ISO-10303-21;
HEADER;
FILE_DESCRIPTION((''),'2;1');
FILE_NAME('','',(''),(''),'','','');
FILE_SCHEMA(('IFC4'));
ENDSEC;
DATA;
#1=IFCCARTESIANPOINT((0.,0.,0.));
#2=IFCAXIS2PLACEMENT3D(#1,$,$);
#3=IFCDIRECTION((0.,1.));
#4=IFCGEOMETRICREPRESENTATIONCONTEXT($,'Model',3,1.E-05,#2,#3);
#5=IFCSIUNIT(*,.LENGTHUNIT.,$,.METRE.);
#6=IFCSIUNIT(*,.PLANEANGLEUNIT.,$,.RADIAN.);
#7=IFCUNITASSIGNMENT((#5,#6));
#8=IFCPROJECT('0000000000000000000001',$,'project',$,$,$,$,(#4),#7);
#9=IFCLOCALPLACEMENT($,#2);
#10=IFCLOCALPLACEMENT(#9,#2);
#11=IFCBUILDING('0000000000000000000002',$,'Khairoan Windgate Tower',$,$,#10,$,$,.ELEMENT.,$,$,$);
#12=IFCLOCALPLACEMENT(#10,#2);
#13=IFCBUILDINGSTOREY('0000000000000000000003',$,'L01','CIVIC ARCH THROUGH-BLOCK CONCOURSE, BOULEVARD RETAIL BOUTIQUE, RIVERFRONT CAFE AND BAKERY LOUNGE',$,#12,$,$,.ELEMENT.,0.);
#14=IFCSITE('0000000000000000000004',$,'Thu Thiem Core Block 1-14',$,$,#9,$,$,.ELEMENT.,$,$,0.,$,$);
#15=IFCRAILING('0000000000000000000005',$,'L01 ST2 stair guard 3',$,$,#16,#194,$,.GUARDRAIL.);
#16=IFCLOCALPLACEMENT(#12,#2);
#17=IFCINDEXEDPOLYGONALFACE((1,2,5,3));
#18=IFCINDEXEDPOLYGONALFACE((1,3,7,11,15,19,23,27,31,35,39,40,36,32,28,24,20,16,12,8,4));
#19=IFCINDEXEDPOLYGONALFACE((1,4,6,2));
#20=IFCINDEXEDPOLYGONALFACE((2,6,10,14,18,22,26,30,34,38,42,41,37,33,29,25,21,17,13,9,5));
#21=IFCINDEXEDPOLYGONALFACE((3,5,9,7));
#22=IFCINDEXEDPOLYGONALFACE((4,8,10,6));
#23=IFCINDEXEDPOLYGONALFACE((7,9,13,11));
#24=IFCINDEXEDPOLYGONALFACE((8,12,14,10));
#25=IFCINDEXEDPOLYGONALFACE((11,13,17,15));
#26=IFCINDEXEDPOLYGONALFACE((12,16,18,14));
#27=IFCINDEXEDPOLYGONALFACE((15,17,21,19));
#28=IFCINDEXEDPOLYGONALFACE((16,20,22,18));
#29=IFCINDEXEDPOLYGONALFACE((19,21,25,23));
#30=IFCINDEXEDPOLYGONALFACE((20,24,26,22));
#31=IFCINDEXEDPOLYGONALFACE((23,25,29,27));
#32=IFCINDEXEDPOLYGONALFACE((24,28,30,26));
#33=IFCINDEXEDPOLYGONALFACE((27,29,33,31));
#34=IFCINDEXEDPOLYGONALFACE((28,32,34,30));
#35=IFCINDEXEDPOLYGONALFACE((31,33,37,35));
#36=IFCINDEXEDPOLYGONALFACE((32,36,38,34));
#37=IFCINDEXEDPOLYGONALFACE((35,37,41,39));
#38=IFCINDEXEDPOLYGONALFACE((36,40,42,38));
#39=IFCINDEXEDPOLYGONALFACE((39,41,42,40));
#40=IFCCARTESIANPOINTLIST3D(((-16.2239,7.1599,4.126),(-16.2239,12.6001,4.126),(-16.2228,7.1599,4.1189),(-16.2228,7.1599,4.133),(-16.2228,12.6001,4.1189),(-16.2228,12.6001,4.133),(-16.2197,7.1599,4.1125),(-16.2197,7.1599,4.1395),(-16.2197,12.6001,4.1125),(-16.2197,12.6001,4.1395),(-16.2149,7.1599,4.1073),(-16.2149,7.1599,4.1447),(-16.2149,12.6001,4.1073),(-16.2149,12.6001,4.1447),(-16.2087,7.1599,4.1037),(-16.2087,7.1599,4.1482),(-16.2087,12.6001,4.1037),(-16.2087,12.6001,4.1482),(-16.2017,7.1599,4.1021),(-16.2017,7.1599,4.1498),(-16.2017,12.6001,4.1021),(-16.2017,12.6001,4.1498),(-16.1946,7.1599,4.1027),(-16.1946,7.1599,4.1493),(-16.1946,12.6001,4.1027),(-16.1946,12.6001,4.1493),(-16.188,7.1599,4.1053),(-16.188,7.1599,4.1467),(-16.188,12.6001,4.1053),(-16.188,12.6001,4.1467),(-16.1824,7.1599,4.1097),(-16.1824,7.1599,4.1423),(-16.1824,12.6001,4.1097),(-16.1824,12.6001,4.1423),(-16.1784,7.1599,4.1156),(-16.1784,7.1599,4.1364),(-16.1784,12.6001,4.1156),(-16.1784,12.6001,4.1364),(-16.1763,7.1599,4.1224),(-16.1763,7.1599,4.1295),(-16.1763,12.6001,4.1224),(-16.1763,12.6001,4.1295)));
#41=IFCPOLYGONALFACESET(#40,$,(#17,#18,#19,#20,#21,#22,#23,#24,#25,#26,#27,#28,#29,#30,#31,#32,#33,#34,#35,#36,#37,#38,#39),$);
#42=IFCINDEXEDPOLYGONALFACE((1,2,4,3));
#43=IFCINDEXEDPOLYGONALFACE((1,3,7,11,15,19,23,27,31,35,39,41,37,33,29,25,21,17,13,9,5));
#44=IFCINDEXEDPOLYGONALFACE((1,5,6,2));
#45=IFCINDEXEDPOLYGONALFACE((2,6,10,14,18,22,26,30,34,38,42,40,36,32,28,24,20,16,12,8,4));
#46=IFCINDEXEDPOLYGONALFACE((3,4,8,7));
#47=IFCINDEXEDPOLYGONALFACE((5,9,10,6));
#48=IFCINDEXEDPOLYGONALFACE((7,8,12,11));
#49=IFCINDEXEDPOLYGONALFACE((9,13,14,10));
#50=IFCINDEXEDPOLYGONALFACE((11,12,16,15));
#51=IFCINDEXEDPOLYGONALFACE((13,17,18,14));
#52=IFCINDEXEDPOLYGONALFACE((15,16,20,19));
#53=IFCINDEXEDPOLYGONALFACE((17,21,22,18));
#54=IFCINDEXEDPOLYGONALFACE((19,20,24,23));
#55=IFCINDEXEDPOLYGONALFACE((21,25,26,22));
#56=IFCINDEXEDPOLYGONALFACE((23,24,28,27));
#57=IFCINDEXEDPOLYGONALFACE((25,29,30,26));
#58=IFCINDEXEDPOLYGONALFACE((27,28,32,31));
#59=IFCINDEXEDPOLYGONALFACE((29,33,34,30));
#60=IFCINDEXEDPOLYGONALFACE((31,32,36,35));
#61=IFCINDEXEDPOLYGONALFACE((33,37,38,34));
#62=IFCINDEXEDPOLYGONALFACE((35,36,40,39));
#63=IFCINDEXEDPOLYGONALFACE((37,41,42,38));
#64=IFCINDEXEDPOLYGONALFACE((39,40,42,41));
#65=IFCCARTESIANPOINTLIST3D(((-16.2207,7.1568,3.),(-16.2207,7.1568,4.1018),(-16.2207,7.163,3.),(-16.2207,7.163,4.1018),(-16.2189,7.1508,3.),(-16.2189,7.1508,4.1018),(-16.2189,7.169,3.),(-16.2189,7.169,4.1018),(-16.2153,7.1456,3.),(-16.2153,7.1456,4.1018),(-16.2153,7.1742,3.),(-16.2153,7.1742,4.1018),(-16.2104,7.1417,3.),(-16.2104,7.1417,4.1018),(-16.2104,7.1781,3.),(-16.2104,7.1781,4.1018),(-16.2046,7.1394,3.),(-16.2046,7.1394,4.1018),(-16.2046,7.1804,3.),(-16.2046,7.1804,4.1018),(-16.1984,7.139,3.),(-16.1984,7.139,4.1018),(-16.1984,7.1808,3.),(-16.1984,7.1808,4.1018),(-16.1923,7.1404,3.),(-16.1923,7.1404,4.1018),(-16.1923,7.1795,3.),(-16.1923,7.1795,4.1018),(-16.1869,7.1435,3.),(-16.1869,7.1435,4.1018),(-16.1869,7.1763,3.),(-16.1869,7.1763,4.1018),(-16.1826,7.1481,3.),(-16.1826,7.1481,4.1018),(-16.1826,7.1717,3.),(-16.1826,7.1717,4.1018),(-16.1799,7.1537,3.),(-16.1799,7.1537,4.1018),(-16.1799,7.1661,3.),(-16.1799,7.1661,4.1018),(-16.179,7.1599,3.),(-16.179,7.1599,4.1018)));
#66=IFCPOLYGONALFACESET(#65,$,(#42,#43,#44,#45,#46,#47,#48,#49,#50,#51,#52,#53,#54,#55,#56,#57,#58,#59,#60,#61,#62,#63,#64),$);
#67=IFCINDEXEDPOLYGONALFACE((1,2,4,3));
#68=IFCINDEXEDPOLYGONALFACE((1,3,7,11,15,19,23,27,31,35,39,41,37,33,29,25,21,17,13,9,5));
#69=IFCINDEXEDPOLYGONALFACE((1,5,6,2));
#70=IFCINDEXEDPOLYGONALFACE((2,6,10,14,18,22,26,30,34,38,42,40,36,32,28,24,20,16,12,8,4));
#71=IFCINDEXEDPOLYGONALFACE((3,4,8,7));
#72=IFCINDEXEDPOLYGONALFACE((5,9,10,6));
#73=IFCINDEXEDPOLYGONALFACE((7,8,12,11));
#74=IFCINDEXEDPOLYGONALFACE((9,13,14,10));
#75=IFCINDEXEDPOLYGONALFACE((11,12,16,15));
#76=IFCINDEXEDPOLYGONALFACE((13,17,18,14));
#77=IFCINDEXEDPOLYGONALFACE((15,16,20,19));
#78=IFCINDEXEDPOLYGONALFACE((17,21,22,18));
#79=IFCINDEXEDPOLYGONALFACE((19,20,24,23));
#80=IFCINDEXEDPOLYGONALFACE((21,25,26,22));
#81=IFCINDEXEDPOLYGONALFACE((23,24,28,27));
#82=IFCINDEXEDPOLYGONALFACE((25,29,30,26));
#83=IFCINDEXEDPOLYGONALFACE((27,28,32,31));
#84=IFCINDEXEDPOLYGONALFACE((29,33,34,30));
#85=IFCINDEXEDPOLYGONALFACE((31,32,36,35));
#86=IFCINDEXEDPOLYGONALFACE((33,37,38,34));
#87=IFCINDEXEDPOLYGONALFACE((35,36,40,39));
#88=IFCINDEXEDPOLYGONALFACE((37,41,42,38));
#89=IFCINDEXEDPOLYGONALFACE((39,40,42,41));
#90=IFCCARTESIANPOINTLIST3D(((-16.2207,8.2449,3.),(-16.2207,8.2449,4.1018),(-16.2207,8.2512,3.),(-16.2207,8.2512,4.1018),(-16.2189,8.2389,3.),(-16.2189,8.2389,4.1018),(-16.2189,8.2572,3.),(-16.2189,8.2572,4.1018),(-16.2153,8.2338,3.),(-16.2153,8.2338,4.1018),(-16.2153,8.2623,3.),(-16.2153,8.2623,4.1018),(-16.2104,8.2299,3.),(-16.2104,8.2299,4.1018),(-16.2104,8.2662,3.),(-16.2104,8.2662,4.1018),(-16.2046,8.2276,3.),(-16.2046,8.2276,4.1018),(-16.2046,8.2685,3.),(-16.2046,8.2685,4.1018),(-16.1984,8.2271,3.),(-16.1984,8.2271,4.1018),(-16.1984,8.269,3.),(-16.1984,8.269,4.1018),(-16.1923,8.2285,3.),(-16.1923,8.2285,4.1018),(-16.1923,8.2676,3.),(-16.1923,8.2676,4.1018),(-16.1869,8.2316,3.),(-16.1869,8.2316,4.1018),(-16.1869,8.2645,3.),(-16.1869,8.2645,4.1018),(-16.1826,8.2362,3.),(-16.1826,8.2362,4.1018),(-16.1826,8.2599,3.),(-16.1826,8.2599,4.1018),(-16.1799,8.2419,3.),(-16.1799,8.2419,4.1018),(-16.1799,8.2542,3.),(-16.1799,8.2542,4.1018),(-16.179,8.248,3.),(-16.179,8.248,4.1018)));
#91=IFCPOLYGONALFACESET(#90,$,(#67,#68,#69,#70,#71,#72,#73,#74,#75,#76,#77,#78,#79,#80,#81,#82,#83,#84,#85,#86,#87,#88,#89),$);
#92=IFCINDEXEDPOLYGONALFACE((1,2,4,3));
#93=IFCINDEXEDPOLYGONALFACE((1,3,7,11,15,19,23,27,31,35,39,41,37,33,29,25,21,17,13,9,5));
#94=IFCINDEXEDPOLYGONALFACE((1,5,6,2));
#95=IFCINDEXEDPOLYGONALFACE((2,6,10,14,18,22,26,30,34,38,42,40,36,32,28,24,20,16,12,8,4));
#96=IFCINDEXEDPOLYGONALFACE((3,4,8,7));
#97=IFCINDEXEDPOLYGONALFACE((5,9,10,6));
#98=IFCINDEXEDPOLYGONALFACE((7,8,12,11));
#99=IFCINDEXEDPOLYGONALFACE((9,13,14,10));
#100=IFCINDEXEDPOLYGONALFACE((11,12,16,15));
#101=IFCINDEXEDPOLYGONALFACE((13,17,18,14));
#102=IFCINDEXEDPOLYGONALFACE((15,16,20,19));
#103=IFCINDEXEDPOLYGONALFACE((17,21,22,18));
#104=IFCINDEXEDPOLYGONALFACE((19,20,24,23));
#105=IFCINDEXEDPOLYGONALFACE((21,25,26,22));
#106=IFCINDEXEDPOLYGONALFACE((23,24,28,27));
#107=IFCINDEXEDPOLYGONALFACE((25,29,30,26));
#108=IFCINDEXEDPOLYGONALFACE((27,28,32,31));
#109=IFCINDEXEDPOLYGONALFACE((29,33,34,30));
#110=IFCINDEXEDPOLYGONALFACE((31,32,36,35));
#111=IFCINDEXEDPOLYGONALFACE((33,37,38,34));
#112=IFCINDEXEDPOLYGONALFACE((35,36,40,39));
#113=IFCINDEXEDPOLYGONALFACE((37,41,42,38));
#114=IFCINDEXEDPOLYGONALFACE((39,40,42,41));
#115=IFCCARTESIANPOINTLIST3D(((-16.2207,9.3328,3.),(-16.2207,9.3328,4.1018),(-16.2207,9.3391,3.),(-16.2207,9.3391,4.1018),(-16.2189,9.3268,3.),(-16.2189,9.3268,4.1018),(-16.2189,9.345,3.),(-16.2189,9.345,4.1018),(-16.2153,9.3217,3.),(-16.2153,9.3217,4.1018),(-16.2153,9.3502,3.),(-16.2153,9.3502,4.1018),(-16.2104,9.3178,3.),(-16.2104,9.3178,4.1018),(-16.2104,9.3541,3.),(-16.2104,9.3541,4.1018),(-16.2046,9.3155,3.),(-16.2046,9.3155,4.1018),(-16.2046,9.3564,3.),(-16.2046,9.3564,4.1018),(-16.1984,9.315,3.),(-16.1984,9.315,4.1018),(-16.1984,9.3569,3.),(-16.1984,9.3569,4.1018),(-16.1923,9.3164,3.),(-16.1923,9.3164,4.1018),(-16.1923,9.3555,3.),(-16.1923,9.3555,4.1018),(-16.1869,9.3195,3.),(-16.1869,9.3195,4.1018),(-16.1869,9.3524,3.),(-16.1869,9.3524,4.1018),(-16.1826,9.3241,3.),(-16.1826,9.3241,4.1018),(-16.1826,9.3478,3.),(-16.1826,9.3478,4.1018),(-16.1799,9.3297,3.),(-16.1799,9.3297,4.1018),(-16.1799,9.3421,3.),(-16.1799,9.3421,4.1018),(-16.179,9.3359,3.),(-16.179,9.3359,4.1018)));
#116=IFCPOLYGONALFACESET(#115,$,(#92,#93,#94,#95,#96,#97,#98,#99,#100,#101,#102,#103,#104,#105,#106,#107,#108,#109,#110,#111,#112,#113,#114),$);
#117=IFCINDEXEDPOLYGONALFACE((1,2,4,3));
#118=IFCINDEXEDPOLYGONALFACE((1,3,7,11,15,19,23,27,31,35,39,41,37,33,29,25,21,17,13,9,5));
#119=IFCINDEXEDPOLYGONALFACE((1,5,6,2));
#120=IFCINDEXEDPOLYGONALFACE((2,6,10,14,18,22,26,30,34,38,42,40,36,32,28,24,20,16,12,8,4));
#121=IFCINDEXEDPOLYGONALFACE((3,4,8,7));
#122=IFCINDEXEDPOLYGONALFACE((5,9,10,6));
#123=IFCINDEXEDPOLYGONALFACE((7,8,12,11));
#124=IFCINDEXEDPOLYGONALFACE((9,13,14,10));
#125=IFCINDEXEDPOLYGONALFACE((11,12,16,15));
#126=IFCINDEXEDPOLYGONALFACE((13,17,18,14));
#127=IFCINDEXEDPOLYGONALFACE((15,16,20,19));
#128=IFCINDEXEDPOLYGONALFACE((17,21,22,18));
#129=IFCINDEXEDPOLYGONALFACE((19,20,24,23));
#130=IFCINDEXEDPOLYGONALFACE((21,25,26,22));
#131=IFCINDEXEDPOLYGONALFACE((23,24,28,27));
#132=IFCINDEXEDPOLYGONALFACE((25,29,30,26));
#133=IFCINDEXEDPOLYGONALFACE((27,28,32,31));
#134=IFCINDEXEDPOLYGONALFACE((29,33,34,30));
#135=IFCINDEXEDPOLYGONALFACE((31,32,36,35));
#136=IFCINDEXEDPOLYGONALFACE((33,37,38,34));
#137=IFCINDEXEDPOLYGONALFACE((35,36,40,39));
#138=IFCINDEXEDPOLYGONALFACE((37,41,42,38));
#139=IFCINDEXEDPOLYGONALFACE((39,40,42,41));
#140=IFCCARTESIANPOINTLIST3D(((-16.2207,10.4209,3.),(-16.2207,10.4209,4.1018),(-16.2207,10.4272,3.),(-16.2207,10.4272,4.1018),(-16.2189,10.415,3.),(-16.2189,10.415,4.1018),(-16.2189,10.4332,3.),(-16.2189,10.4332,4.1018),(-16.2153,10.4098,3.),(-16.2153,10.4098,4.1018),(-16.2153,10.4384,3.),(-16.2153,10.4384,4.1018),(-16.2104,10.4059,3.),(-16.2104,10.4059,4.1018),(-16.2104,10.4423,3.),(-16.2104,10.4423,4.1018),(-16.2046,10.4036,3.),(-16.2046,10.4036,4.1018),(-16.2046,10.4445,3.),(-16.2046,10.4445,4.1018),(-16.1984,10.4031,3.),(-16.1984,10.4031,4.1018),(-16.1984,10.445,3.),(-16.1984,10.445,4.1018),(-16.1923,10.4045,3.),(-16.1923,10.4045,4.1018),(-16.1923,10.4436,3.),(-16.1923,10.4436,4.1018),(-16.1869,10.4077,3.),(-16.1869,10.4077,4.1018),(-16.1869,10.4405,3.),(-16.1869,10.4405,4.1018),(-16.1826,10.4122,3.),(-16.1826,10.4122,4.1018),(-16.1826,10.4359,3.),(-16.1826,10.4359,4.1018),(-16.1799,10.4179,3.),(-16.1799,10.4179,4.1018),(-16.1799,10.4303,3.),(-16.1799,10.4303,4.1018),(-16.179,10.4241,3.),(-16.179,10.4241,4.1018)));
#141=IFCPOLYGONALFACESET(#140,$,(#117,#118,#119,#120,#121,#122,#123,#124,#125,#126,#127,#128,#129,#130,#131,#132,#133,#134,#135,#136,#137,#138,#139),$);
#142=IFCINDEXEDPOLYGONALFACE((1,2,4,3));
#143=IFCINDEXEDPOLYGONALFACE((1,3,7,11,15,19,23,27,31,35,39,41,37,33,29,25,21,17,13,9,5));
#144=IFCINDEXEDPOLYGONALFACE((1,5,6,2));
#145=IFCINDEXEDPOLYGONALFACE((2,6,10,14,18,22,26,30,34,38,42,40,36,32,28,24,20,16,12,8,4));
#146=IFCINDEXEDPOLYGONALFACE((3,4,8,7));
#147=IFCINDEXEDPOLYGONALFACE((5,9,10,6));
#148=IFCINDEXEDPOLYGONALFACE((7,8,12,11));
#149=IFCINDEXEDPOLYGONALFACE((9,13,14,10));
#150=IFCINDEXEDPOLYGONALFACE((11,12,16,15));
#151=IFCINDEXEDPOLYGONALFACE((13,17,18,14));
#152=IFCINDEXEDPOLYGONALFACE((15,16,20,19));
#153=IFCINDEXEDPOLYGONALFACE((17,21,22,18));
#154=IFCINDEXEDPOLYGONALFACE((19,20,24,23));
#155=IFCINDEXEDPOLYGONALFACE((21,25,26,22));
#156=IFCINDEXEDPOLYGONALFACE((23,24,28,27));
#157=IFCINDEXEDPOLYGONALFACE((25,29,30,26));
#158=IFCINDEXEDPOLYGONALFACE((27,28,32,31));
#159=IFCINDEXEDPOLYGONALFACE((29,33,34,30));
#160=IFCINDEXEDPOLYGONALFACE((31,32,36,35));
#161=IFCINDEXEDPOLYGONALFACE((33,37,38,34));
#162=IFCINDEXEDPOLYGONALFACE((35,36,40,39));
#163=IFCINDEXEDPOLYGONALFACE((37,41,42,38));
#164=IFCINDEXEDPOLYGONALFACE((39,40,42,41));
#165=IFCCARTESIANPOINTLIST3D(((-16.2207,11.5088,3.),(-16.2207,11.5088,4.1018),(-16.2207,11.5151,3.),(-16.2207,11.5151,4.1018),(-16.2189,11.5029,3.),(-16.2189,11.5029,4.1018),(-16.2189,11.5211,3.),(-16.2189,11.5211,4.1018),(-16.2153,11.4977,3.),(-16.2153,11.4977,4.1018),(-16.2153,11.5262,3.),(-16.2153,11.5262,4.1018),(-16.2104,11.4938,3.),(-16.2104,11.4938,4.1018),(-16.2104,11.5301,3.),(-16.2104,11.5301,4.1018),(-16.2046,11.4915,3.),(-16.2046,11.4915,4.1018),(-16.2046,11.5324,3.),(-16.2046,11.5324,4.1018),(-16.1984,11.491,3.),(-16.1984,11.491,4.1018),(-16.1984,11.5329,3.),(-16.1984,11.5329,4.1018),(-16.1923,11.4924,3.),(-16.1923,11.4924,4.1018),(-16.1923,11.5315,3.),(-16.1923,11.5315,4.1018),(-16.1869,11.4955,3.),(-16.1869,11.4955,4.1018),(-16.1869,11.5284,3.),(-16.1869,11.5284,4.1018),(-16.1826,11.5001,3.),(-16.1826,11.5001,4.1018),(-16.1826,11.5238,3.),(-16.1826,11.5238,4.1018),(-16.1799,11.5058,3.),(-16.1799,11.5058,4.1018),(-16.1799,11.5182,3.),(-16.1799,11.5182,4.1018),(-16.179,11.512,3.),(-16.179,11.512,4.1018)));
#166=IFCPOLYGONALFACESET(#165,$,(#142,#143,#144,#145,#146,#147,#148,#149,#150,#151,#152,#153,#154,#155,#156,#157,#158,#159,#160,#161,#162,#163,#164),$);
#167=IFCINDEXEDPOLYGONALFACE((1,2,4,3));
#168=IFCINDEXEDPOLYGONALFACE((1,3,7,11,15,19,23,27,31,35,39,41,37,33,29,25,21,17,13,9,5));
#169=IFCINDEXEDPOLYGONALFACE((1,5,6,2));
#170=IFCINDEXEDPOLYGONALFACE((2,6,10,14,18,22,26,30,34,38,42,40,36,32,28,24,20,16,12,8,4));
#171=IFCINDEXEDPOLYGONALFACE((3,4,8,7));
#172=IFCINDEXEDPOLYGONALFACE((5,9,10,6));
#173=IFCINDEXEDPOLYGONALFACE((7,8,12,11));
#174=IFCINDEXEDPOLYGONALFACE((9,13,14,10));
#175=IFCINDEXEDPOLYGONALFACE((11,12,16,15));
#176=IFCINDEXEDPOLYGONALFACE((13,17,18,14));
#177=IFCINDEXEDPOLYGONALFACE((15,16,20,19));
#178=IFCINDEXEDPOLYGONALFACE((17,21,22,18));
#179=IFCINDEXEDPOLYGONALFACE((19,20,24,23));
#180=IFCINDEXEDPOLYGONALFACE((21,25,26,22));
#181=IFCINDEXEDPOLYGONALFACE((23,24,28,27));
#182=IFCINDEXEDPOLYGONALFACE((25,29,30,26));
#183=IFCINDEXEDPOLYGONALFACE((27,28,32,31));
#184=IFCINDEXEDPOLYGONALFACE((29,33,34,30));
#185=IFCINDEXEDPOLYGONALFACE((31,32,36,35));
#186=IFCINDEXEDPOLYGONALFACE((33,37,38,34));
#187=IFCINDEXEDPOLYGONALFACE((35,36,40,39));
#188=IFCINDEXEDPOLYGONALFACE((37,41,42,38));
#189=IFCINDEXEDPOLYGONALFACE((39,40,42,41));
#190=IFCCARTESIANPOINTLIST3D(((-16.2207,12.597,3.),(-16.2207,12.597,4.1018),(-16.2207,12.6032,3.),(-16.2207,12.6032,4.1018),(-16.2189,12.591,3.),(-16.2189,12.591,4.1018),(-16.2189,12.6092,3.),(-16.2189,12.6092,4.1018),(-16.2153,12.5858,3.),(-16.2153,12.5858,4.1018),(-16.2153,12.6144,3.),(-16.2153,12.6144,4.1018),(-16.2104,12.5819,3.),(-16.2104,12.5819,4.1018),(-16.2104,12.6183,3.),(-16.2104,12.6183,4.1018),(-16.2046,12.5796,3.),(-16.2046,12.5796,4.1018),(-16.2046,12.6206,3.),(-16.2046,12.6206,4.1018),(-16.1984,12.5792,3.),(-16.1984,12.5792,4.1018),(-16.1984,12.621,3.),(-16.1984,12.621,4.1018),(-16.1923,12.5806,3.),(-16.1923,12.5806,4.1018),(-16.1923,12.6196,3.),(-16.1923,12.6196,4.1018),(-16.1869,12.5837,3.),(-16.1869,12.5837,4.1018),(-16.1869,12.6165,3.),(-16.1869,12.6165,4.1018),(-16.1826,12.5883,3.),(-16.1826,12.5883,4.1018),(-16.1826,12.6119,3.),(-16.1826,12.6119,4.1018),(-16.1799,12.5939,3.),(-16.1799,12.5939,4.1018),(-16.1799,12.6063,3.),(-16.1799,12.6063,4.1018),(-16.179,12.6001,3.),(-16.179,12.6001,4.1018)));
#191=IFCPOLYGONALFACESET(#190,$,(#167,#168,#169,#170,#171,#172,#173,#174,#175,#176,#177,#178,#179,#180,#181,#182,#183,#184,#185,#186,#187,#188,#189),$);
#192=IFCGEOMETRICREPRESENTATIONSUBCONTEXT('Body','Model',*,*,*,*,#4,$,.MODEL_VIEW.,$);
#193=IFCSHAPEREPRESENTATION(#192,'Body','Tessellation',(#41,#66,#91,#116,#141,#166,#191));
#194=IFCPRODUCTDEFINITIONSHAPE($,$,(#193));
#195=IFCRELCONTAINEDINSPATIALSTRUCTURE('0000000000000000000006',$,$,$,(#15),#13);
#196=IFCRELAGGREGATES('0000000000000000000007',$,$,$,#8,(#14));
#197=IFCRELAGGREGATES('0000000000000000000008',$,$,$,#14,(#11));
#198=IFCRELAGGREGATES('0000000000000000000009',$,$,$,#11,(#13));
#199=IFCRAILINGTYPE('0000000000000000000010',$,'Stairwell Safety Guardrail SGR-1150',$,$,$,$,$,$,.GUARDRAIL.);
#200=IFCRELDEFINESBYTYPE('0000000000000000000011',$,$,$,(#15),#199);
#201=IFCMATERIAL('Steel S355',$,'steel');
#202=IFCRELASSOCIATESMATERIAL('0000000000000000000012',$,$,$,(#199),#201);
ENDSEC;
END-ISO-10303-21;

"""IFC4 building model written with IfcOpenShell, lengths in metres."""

from ifc_helpers import new_model, si_unit, direction, frame, origin, origin_2d, place, context, subcontext, project, spatial, circle, extrude, material, type_object, element, save


model = new_model("IFC4")

# Units and contexts
model_context = context("Model", 3, precision=1e-05, world=origin(), true_north=direction((0.0, 1.0)))
body_context = subcontext(model_context, "Body", "Model", "MODEL_VIEW")
ifc_project = project(units=[si_unit("LENGTHUNIT", "METRE"), si_unit("PLANEANGLEUNIT", "RADIAN")], contexts=[model_context])

# Site, building, storey
site_placement = place(None, origin())
site = spatial("IfcSite", under=ifc_project, at=site_placement, Name="Thu Thiem Core Block 1-14", CompositionType="ELEMENT", RefElevation=0.0)
building_placement = place(site_placement, origin())
building = spatial("IfcBuilding", under=site, at=building_placement, Name="Khairoan Windgate Tower", CompositionType="ELEMENT")
storey_placement = place(building_placement, origin())
storey = spatial("IfcBuildingStorey", under=building, at=storey_placement, Name="L01", Description="CIVIC ARCH THROUGH-BLOCK CONCOURSE, BOULEVARD RETAIL BOUTIQUE, RIVERFRONT CAFE AND BAKERY LOUNGE", CompositionType="ELEMENT", Elevation=0.0)

# Railing
ifc_material_1 = material(Name="Steel S355", Category="steel")
railing_type_1 = type_object("IfcRailingType", Name="Stairwell Safety Guardrail SGR-1150", PredefinedType="GUARDRAIL", material=ifc_material_1)
railing_1_placement = place(storey_placement, frame((-16.2, 7.1599, 3.0)))
element("IfcRailing", 1, at=railing_1_placement, inside=storey, type_object=railing_type_1, Name="L01 ST2 stair guard 3", PredefinedType="GUARDRAIL", context=body_context, shape_type="SweptSolid", body=[
    extrude(circle(Radius=0.0239, at=origin_2d()), frame((0.0, 0.0, 1.126), z_axis=(0.0, 1.0, 0.0), x_axis=(-1.0, 0.0, 0.0)), (0.0, 0.0, 1.0), 5.4402),
    extrude(circle(Radius=0.021, at=origin_2d()), origin(), (0.0, 0.0, 1.0), 1.1018),
    extrude(circle(Radius=0.021, at=origin_2d()), frame((0.0, 1.0881, 0.0)), (0.0, 0.0, 1.0), 1.1018),
    extrude(circle(Radius=0.021, at=origin_2d()), frame((0.0, 2.176, 0.0)), (0.0, 0.0, 1.0), 1.1018),
    extrude(circle(Radius=0.021, at=origin_2d()), frame((0.0, 3.2642, 0.0)), (0.0, 0.0, 1.0), 1.1018),
    extrude(circle(Radius=0.021, at=origin_2d()), frame((0.0, 4.3521, 0.0)), (0.0, 0.0, 1.0), 1.1018),
    extrude(circle(Radius=0.021, at=origin_2d()), frame((0.0, 5.4402, 0.0)), (0.0, 0.0, 1.0), 1.1018),
])

save(model, "model.ifc")
